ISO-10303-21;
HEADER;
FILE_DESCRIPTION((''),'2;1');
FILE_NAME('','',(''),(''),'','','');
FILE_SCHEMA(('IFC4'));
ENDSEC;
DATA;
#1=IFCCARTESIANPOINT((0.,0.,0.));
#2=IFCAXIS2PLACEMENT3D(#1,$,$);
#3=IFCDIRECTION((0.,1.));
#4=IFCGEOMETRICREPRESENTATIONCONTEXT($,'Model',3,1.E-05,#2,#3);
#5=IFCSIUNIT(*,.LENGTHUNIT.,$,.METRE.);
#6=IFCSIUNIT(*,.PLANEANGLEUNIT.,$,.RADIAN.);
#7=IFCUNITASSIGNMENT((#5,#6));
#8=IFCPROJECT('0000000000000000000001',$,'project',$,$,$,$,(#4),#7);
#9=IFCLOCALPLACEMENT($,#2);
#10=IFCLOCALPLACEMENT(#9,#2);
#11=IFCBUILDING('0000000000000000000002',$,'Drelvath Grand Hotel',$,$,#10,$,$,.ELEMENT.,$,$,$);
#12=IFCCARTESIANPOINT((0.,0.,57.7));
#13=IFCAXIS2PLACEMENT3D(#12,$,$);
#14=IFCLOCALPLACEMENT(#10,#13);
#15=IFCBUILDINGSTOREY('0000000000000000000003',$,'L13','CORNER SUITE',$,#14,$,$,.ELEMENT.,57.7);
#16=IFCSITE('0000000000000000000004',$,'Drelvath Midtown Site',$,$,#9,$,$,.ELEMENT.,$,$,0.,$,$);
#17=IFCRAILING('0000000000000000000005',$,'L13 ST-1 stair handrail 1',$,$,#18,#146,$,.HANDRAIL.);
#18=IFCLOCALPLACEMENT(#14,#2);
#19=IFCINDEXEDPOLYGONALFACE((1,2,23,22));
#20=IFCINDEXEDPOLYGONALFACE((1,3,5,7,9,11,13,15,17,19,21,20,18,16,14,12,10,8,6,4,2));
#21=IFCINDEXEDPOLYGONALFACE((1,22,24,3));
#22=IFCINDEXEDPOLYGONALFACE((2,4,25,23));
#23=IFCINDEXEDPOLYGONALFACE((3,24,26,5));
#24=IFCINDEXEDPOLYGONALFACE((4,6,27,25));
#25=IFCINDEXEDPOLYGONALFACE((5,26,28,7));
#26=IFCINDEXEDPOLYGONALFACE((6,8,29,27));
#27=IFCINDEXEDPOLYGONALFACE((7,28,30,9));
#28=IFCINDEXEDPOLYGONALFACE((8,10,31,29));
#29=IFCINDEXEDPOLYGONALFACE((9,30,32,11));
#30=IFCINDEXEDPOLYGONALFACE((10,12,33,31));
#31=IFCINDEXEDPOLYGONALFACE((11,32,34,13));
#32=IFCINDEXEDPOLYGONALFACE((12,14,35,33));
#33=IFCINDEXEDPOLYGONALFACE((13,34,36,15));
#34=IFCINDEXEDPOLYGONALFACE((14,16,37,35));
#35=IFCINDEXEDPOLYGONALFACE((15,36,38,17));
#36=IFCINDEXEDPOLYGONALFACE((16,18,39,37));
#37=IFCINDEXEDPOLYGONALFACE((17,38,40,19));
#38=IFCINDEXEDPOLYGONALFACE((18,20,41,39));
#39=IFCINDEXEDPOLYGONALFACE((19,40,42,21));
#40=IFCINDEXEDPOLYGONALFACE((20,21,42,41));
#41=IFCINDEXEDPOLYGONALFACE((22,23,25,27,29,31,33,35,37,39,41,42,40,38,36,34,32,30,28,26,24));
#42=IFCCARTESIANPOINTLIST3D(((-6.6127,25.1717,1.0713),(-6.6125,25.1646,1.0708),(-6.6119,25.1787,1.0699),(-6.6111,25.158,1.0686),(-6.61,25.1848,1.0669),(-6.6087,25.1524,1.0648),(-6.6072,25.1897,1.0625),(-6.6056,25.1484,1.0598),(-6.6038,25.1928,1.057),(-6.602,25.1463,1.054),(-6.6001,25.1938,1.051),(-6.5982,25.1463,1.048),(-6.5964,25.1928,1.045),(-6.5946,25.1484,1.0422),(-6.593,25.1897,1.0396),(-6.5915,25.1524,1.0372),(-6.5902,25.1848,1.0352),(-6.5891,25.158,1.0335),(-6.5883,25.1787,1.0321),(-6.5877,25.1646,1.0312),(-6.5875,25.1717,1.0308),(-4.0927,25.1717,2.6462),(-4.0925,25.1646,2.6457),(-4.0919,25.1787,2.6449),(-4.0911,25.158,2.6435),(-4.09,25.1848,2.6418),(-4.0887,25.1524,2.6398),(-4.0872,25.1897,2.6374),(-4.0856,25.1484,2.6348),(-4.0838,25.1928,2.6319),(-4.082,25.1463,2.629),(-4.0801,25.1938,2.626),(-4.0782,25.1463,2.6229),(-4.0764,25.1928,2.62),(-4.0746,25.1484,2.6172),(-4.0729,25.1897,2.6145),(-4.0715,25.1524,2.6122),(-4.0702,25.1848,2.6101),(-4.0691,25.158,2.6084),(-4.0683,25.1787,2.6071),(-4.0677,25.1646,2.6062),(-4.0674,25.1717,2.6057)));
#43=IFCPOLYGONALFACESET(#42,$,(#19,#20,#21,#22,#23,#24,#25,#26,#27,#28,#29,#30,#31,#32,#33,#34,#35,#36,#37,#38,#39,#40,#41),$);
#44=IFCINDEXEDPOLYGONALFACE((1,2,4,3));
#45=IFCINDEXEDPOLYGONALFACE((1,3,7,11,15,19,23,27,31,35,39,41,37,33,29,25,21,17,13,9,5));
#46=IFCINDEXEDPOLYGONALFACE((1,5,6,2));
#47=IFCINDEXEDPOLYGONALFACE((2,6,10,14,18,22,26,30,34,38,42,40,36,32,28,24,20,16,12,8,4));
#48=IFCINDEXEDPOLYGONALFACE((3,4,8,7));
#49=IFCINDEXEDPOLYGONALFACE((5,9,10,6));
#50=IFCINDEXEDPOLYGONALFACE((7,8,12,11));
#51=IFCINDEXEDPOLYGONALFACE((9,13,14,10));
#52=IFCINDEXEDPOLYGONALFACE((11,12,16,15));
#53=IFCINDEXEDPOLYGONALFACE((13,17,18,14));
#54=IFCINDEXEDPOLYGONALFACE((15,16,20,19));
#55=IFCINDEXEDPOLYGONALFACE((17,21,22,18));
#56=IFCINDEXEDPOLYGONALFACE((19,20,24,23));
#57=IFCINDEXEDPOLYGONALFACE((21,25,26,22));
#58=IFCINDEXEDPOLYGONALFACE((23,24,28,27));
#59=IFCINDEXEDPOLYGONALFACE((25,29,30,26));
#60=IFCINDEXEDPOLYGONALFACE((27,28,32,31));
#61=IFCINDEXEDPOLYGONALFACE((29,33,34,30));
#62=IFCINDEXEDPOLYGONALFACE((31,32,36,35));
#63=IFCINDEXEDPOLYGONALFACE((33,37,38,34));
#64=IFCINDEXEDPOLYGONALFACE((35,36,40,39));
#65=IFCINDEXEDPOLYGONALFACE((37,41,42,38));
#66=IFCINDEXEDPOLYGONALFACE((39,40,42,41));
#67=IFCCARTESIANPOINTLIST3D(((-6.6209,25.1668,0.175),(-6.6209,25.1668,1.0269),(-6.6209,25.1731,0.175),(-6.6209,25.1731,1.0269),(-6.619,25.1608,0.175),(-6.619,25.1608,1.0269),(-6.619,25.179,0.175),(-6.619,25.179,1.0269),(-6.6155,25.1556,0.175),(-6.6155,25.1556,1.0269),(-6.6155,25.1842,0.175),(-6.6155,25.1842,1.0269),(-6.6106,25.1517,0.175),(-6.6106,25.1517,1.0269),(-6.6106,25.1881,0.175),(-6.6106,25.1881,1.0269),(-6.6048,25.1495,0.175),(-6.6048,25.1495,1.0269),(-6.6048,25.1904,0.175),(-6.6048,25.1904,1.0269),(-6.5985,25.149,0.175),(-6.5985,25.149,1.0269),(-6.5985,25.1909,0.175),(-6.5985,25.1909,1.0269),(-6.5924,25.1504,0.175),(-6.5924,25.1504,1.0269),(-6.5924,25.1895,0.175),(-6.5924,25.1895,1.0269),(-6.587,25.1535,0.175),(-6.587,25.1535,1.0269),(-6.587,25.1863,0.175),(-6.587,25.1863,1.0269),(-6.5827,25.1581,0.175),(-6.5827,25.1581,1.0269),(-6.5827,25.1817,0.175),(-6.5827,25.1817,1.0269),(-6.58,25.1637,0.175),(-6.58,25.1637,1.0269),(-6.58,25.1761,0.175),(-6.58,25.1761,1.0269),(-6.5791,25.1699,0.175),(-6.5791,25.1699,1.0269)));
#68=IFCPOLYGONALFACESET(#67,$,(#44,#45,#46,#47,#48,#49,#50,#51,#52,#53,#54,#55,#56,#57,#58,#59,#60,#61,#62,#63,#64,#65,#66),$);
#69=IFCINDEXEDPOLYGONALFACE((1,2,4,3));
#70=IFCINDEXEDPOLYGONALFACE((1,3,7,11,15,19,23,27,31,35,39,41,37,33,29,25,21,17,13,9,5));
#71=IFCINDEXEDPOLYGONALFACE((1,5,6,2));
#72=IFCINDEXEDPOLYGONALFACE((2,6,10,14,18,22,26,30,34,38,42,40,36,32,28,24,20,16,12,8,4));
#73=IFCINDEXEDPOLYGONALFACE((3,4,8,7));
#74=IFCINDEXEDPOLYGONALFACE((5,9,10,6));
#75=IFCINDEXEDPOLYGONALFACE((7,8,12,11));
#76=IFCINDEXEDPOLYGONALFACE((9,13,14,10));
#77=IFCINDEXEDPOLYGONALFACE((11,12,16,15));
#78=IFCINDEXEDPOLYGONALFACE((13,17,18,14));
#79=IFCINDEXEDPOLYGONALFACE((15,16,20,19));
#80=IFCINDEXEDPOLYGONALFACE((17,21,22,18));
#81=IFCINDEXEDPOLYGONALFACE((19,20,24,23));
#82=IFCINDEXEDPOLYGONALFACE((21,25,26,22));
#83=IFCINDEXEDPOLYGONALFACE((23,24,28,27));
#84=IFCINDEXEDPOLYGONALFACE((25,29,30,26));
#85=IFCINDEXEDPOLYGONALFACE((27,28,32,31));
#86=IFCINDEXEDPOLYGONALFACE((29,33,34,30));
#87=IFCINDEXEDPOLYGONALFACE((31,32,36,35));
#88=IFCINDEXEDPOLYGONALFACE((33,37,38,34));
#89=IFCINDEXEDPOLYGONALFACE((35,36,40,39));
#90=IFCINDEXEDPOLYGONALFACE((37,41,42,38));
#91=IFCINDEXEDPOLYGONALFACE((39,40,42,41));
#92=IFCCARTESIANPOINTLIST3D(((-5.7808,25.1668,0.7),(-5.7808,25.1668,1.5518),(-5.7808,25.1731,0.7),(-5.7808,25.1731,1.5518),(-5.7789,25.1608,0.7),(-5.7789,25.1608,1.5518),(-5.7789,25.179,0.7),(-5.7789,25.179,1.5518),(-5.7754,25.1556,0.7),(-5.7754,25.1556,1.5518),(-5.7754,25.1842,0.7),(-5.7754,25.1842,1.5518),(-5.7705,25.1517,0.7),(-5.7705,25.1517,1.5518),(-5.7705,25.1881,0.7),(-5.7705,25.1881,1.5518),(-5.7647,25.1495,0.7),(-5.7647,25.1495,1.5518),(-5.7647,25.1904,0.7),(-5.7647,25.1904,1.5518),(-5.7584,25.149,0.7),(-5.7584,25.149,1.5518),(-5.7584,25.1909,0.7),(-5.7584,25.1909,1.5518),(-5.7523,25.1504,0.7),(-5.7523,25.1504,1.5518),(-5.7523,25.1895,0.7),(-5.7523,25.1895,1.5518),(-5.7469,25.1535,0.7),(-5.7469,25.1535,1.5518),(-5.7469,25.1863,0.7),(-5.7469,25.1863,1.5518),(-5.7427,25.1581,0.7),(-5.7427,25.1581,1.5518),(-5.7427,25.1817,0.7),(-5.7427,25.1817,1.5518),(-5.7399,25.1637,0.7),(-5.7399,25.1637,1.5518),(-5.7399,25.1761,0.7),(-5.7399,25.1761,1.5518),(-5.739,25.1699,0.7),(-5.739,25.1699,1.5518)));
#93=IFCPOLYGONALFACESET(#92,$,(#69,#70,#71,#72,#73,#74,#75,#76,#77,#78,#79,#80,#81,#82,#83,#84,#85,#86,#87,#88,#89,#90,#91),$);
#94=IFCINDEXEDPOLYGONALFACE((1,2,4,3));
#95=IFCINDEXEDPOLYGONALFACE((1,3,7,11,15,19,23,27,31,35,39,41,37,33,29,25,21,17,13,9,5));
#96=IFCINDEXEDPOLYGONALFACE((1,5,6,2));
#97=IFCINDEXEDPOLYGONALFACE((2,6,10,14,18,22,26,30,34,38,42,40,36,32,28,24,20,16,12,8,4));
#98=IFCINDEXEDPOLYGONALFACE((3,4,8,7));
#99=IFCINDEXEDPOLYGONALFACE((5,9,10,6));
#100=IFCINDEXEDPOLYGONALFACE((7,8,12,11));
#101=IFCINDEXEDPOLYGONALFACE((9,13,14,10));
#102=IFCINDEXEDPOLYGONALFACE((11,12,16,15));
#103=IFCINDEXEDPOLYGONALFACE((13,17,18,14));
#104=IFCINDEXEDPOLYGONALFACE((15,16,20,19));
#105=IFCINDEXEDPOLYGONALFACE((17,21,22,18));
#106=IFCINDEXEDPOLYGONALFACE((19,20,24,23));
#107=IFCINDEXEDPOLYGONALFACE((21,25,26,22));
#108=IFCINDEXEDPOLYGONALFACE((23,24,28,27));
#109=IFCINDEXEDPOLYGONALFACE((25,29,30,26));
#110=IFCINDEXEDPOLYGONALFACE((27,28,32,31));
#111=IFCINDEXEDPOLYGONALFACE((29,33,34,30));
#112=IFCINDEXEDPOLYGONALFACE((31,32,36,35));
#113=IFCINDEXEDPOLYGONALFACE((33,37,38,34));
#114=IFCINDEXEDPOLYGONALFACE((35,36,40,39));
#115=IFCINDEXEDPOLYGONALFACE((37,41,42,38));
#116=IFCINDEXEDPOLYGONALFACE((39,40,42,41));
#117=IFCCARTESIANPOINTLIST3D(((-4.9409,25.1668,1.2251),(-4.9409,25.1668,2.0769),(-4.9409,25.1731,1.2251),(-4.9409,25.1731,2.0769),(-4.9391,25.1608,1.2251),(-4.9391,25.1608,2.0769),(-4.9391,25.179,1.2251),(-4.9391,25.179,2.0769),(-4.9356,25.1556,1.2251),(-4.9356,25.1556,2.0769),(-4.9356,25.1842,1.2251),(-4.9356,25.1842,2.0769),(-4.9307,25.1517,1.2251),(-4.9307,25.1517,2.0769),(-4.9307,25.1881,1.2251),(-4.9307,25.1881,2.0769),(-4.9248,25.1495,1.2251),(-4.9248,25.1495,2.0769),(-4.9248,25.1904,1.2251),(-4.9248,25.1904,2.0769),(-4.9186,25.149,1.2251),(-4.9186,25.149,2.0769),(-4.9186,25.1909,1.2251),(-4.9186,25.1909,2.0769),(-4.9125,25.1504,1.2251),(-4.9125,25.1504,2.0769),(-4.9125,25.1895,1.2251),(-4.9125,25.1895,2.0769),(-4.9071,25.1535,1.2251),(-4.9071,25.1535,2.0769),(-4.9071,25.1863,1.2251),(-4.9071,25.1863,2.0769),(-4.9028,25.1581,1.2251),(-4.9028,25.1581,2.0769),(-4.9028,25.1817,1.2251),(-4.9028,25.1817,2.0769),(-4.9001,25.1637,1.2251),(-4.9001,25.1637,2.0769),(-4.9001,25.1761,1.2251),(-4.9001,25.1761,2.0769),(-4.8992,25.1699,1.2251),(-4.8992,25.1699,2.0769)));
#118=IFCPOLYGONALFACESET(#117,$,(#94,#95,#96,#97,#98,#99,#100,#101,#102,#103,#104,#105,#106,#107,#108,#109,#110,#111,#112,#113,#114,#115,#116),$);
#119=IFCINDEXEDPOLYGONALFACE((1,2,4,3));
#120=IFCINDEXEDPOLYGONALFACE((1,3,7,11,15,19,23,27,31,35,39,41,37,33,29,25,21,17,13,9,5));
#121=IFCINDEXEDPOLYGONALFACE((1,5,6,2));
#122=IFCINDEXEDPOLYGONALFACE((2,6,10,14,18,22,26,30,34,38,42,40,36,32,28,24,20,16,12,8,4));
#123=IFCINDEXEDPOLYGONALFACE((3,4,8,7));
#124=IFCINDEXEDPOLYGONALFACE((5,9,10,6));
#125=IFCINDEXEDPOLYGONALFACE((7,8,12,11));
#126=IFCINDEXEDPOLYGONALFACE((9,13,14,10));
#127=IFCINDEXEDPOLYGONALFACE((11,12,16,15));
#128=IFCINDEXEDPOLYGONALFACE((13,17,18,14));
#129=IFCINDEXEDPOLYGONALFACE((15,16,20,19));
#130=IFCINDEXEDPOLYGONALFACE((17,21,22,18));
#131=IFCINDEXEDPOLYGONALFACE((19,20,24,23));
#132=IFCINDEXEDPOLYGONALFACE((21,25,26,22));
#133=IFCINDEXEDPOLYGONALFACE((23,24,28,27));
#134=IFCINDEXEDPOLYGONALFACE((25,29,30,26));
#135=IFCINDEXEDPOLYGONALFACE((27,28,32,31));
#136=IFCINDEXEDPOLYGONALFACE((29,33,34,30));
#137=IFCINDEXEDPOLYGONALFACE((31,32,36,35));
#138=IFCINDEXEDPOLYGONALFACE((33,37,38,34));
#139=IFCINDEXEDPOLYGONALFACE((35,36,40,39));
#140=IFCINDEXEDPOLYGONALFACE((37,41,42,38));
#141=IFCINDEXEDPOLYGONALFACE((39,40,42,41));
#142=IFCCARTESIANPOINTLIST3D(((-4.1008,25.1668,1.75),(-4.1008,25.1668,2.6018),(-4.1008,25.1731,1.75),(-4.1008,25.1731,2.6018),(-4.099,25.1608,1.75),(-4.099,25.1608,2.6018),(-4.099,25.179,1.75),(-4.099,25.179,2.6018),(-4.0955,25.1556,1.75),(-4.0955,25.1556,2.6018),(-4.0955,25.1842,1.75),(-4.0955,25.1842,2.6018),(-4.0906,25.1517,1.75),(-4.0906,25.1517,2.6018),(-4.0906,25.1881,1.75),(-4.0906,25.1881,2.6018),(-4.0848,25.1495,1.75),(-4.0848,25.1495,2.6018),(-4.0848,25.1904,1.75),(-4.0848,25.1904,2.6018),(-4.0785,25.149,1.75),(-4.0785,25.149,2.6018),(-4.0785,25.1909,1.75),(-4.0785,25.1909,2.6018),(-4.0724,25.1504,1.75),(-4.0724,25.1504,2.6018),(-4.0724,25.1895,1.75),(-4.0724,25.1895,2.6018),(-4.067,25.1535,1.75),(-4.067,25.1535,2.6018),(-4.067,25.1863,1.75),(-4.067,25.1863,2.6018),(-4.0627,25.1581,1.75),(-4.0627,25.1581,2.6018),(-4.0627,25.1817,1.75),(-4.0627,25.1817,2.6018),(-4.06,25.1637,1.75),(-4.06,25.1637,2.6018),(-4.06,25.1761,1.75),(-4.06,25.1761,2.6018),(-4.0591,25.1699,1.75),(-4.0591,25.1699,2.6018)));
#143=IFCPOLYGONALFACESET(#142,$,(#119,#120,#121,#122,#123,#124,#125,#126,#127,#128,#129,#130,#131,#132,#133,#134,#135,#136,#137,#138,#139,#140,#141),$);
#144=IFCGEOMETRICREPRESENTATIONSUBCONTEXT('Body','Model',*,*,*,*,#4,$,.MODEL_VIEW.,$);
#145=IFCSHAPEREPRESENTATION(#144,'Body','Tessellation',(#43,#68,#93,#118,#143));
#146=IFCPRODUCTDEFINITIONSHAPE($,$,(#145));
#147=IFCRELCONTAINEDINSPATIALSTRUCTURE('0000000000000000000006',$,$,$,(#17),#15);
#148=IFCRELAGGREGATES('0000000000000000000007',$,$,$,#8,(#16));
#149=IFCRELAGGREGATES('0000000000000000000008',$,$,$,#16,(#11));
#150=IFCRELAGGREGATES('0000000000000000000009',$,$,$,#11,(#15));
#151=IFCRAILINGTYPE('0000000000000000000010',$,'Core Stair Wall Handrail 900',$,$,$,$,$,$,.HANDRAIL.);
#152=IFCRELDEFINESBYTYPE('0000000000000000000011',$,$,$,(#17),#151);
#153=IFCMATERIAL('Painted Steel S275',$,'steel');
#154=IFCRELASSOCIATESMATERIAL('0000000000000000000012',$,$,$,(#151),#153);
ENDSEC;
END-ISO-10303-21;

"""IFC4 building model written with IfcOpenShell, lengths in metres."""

from ifc_helpers import new_model, si_unit, direction, frame, origin, origin_2d, place, context, subcontext, project, spatial, circle, extrude, material, type_object, element, save


model = new_model("IFC4")

# Units and contexts
model_context = context("Model", 3, precision=1e-05, world=origin(), true_north=direction((0.0, 1.0)))
body_context = subcontext(model_context, "Body", "Model", "MODEL_VIEW")
ifc_project = project(units=[si_unit("LENGTHUNIT", "METRE"), si_unit("PLANEANGLEUNIT", "RADIAN")], contexts=[model_context])

# Site, building, storey
site_placement = place(None, origin())
site = spatial("IfcSite", under=ifc_project, at=site_placement, Name="Drelvath Midtown Site", CompositionType="ELEMENT", RefElevation=0.0)
building_placement = place(site_placement, origin())
building = spatial("IfcBuilding", under=site, at=building_placement, Name="Drelvath Grand Hotel", CompositionType="ELEMENT")
storey_placement = place(building_placement, frame((0.0, 0.0, 57.7)))
storey = spatial("IfcBuildingStorey", under=building, at=storey_placement, Name="L13", Description="CORNER SUITE", CompositionType="ELEMENT", Elevation=57.7)

# Shared definitions
ifc_material_1 = material(Name="Painted Steel S275", Category="steel")

# Railing
railing_type_1 = type_object("IfcRailingType", Name="Core Stair Wall Handrail 900", PredefinedType="HANDRAIL", material=ifc_material_1)
railing_1_placement = place(storey_placement, frame((-6.6001, 25.1699, 0.175)))
element("IfcRailing", 1, at=railing_1_placement, inside=storey, type_object=railing_type_1, Name="L13 ST-1 stair handrail 1", PredefinedType="HANDRAIL", context=body_context, shape_type="SweptSolid", body=[
    extrude(circle(Radius=0.0239, at=origin_2d()), frame((0.0, 0.0, 0.876), z_axis=(0.848008, 0.0, 0.529984), x_axis=(0.0, 1.0, 0.0)), (0.0, 0.0, 1.0), 2.9717),
    extrude(circle(Radius=0.021, at=origin_2d()), origin(), (0.0, 0.0, 1.0), 0.8518),
    extrude(circle(Radius=0.021, at=origin_2d()), frame((0.8401, 0.0, 0.5249)), (0.0, 0.0, 1.0), 0.8518),
    extrude(circle(Radius=0.021, at=origin_2d()), frame((1.6799, 0.0, 1.05)), (0.0, 0.0, 1.0), 0.8518),
    extrude(circle(Radius=0.021, at=origin_2d()), frame((2.52, 0.0, 1.575)), (0.0, 0.0, 1.0), 0.8518),
])

save(model, "model.ifc")
